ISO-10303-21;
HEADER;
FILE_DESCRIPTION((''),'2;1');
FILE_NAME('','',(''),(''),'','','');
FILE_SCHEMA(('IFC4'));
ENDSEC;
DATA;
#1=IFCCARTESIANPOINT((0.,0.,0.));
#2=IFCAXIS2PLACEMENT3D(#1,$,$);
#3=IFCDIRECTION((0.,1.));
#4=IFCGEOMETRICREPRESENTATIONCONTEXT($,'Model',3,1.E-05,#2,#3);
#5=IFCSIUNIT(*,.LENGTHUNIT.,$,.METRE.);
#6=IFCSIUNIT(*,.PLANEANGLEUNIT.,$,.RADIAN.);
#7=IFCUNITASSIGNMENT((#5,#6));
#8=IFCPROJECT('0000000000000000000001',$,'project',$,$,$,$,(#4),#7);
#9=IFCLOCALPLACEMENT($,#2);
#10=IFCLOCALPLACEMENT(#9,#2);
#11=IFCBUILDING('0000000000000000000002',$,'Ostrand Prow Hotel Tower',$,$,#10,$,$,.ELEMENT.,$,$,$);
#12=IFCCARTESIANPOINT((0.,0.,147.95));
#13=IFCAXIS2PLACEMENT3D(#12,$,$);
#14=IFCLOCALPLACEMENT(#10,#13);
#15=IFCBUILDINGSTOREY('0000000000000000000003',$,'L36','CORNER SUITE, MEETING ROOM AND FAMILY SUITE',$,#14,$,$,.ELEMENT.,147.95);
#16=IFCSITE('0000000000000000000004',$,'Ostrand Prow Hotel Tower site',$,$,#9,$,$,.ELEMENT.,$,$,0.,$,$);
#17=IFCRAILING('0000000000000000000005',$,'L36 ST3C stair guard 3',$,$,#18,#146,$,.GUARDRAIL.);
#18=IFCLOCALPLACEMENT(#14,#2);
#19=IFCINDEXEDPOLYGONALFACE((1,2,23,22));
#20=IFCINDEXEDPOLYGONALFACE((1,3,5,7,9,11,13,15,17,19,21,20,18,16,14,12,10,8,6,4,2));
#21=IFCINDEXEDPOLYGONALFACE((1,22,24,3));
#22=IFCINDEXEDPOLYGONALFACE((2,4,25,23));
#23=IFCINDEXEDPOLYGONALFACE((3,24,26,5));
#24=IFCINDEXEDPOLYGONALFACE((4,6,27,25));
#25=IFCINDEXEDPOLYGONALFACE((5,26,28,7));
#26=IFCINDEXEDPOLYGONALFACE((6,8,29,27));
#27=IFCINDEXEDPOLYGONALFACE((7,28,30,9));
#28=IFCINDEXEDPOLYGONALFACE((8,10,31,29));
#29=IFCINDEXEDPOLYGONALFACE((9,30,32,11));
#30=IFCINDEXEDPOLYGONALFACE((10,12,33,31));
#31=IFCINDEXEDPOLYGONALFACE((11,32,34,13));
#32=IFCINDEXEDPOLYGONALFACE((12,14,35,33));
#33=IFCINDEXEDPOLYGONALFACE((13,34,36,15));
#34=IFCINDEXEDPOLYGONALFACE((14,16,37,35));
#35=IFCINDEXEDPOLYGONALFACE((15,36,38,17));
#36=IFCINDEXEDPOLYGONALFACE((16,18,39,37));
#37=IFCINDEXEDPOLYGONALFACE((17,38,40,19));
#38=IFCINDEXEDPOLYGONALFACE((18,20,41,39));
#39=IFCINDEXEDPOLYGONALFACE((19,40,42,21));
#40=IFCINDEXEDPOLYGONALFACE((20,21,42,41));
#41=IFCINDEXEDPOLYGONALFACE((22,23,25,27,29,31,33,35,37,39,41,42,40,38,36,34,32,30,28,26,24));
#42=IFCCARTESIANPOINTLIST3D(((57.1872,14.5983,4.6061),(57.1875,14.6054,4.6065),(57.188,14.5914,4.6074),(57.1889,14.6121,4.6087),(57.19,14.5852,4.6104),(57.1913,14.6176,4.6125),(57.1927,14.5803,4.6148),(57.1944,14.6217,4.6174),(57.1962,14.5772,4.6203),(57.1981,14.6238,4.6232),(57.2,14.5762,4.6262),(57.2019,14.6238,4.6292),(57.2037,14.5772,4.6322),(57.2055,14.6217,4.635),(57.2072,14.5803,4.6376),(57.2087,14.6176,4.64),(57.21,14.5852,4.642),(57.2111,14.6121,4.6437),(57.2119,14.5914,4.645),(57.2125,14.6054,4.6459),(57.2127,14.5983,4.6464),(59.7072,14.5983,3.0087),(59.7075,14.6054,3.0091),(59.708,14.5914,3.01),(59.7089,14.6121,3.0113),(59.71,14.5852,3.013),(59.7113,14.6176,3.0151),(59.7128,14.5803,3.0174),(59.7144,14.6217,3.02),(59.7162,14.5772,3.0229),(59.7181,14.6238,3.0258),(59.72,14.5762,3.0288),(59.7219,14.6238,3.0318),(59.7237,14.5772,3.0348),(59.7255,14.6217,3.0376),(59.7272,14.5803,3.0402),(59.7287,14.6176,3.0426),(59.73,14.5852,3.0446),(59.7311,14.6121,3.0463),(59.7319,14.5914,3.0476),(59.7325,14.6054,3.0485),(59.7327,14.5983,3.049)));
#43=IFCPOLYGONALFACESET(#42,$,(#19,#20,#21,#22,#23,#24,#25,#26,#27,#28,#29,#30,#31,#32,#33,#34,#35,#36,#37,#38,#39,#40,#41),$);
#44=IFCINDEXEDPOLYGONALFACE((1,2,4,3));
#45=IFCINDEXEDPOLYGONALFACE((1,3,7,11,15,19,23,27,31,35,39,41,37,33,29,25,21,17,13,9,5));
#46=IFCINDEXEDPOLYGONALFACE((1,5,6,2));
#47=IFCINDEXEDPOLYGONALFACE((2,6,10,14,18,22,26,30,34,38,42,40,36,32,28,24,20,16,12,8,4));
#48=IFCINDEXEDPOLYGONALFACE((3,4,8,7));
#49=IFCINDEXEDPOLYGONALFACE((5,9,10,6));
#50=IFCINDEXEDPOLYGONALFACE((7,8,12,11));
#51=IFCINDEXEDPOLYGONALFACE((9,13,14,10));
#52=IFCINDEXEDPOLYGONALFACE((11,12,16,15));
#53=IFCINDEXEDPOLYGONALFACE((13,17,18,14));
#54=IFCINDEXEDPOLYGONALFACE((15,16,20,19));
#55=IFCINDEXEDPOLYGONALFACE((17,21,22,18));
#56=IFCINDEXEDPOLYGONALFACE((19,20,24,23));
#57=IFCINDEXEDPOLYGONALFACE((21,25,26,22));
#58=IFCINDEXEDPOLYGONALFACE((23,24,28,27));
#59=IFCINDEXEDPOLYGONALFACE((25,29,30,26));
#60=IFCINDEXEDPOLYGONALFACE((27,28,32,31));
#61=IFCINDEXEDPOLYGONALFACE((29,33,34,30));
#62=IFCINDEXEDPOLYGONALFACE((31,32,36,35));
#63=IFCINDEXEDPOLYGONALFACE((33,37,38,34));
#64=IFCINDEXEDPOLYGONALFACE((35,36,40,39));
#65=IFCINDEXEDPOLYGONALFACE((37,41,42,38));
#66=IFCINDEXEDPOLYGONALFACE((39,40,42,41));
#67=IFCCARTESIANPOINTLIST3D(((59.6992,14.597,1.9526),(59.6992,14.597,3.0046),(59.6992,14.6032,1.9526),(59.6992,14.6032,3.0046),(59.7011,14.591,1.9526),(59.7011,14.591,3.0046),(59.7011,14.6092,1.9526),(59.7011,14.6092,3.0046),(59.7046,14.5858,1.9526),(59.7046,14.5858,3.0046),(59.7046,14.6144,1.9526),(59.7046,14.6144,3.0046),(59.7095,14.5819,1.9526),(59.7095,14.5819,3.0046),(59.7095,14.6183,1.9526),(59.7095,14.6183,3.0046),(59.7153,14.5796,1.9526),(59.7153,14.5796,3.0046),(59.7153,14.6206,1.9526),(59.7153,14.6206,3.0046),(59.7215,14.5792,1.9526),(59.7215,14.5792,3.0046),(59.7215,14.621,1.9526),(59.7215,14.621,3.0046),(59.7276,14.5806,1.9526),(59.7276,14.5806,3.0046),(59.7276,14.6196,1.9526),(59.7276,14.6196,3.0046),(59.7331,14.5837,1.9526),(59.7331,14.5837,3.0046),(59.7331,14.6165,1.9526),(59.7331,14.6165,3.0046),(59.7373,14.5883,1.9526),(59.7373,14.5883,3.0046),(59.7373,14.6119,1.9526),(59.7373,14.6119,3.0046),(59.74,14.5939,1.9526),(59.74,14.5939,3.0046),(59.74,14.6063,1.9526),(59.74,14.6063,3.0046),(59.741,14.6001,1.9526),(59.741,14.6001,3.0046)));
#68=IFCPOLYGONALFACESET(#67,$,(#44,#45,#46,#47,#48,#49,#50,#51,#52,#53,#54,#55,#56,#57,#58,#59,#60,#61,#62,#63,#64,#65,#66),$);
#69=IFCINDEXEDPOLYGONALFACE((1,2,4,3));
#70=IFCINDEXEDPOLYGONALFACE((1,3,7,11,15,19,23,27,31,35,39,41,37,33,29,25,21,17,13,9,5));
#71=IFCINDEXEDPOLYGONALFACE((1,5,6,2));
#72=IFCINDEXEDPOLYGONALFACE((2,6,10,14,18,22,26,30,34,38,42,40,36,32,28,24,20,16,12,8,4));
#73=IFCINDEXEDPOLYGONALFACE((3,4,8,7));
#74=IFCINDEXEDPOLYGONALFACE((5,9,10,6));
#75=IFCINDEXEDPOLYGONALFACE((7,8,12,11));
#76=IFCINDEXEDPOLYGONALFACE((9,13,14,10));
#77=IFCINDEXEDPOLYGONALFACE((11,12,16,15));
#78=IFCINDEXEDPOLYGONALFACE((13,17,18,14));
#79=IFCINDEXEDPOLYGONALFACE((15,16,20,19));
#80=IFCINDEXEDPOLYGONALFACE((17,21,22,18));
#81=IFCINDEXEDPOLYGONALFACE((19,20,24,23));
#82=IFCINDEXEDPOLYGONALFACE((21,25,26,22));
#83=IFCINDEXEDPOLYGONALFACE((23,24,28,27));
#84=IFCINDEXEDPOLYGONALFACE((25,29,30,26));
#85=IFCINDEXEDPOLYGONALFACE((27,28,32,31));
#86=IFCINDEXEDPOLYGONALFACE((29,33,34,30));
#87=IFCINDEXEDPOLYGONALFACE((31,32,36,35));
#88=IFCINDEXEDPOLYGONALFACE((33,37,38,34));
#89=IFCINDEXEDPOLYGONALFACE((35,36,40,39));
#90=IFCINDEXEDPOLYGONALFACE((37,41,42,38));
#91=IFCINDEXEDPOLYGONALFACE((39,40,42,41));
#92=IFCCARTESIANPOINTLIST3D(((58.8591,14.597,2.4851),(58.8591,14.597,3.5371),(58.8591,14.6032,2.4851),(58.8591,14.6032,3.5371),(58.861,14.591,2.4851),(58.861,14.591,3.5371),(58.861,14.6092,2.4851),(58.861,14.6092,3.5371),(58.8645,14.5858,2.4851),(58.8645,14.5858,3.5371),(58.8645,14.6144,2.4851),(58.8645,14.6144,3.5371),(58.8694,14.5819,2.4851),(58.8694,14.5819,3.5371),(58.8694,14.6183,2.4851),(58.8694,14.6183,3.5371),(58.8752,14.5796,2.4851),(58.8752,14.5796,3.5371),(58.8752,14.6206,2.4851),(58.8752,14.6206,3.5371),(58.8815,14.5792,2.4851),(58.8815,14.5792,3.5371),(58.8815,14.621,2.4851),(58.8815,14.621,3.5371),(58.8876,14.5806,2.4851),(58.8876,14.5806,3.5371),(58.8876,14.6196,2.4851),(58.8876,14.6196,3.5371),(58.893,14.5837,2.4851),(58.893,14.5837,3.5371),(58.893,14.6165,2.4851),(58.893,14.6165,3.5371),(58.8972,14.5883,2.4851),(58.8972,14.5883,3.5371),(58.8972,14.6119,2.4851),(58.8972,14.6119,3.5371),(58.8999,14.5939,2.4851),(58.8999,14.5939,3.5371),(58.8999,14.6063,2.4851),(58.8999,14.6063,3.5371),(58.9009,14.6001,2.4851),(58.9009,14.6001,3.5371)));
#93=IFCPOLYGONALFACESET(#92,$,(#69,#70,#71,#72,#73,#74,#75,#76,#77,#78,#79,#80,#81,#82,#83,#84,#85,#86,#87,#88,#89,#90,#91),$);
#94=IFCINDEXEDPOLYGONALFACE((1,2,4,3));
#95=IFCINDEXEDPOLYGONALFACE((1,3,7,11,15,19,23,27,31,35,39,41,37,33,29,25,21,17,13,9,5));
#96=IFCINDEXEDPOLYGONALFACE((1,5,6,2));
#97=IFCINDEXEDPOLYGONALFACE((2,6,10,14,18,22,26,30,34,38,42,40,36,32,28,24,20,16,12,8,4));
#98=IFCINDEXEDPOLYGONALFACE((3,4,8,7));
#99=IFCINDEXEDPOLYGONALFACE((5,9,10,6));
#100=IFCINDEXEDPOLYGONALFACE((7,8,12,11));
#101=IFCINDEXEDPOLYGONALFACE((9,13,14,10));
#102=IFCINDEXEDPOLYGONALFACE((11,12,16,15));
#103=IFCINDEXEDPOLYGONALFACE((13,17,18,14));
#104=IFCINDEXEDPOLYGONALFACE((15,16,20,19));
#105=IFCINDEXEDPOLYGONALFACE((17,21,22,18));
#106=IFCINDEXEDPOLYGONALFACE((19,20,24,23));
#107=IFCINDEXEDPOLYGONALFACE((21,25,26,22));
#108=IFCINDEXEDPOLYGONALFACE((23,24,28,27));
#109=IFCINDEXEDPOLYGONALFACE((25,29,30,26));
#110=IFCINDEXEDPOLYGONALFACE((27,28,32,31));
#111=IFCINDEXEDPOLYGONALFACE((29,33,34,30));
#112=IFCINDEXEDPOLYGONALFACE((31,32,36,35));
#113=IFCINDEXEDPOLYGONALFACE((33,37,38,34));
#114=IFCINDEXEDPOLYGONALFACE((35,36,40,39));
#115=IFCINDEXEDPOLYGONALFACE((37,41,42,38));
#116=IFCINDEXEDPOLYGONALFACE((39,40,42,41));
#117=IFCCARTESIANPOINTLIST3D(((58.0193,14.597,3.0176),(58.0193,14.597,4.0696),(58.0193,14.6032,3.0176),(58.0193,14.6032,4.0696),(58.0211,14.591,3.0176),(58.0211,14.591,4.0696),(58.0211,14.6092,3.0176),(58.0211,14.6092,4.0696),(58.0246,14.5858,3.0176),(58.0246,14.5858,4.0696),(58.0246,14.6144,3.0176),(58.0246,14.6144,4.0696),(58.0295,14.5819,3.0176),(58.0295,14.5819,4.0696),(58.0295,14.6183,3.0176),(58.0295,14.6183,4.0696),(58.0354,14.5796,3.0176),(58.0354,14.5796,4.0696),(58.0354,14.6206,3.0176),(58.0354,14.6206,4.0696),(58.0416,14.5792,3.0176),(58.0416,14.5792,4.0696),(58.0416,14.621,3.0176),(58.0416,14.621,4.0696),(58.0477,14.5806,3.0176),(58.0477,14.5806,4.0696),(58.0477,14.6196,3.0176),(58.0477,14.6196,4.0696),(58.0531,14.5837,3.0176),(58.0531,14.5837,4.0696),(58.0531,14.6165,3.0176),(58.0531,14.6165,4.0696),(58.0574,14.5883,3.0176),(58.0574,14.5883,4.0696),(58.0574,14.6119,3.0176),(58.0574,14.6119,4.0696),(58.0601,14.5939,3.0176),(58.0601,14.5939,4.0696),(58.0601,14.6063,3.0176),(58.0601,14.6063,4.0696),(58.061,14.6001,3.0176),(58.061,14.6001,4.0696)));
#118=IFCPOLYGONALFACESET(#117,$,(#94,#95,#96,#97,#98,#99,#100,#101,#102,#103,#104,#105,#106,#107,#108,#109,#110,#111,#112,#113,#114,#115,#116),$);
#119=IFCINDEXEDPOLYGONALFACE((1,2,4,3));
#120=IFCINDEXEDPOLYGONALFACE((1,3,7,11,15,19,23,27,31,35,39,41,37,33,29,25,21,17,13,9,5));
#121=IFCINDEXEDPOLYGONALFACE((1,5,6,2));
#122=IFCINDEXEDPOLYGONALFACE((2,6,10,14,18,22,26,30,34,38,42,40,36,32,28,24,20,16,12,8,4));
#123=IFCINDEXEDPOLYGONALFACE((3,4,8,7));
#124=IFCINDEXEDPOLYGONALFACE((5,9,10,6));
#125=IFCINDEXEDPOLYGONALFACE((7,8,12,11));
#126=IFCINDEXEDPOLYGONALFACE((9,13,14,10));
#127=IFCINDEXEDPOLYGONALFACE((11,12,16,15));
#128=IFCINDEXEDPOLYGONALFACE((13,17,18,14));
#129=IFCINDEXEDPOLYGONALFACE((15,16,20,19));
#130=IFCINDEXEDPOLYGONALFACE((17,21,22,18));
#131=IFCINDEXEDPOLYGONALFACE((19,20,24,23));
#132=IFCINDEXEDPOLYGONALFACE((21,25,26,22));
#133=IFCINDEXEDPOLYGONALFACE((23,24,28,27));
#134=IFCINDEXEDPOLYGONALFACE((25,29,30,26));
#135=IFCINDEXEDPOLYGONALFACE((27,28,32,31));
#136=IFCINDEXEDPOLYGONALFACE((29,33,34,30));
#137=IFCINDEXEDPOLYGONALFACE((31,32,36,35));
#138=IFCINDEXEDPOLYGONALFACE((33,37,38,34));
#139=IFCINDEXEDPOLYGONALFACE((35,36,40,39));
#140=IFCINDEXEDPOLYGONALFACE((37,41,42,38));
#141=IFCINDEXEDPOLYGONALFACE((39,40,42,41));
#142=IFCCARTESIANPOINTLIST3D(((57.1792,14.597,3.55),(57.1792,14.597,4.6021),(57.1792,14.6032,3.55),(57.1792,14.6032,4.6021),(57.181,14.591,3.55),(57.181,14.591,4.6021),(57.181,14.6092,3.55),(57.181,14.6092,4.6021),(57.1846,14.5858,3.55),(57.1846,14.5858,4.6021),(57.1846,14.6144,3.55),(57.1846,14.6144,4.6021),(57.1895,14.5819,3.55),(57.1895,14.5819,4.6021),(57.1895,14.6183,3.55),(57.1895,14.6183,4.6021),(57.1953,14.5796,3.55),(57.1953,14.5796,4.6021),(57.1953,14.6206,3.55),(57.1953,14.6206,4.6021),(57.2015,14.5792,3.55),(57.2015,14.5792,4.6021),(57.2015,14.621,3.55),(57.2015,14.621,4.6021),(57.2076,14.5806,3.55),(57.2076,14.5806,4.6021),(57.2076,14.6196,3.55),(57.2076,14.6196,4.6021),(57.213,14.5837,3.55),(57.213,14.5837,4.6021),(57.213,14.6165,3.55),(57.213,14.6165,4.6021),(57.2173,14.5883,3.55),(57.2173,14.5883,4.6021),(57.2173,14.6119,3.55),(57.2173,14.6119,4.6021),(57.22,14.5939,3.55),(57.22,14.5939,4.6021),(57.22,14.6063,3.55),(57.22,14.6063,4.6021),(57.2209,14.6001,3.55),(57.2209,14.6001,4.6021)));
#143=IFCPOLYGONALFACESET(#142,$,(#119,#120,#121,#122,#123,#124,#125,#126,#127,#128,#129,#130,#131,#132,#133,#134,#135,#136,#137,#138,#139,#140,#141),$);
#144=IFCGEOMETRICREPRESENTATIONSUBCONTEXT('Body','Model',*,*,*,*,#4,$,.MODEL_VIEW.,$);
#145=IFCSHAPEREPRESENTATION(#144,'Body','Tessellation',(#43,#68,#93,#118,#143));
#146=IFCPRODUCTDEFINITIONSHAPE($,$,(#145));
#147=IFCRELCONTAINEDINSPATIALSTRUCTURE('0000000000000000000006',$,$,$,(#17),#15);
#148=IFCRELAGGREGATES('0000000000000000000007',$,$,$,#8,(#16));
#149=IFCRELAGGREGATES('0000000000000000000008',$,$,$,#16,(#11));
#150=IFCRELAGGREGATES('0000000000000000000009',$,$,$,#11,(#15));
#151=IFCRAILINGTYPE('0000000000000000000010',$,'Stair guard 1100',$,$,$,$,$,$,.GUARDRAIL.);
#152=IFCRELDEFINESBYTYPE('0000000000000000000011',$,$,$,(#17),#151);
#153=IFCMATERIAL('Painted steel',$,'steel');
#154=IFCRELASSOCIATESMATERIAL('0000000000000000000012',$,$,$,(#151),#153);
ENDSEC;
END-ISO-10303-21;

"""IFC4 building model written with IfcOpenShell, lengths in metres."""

from ifc_helpers import new_model, si_unit, direction, frame, origin, origin_2d, place, context, subcontext, project, spatial, circle, extrude, material, type_object, element, save


model = new_model("IFC4")

# Units and contexts
model_context = context("Model", 3, precision=1e-05, world=origin(), true_north=direction((0.0, 1.0)))
body_context = subcontext(model_context, "Body", "Model", "MODEL_VIEW")
ifc_project = project(units=[si_unit("LENGTHUNIT", "METRE"), si_unit("PLANEANGLEUNIT", "RADIAN")], contexts=[model_context])

# Site, building, storey
site_placement = place(None, origin())
site = spatial("IfcSite", under=ifc_project, at=site_placement, Name="Ostrand Prow Hotel Tower site", CompositionType="ELEMENT", RefElevation=0.0)
building_placement = place(site_placement, origin())
building = spatial("IfcBuilding", under=site, at=building_placement, Name="Ostrand Prow Hotel Tower", CompositionType="ELEMENT")
storey_placement = place(building_placement, frame((0.0, 0.0, 147.95)))
storey = spatial("IfcBuildingStorey", under=building, at=storey_placement, Name="L36", Description="CORNER SUITE, MEETING ROOM AND FAMILY SUITE", CompositionType="ELEMENT", Elevation=147.95)

# Railing
ifc_material_1 = material(Name="Painted steel", Category="steel")
railing_type_1 = type_object("IfcRailingType", Name="Stair guard 1100", PredefinedType="GUARDRAIL", material=ifc_material_1)
railing_1_placement = place(storey_placement, frame((59.72, 14.6001, 1.9526)))
element("IfcRailing", 1, at=railing_1_placement, inside=storey, type_object=railing_type_1, Name="L36 ST3C stair guard 3", PredefinedType="GUARDRAIL", context=body_context, shape_type="SweptSolid", body=[
    extrude(circle(Radius=0.0239, at=origin_2d()), frame((0.0, 0.0, 1.0762), z_axis=(-0.844607, 0.0, 0.535387), x_axis=(0.0, -1.0, 0.0)), (0.0, 0.0, 1.0), 2.9836),
    extrude(circle(Radius=0.021, at=origin_2d()), origin(), (0.0, 0.0, 1.0), 1.052),
    extrude(circle(Radius=0.021, at=origin_2d()), frame((-0.8401, 0.0, 0.5325)), (0.0, 0.0, 1.0), 1.052),
    extrude(circle(Radius=0.021, at=origin_2d()), frame((-1.6799, 0.0, 1.0649)), (0.0, 0.0, 1.0), 1.052),
    extrude(circle(Radius=0.021, at=origin_2d()), frame((-2.52, 0.0, 1.5974)), (0.0, 0.0, 1.0), 1.052),
])

save(model, "model.ifc")
